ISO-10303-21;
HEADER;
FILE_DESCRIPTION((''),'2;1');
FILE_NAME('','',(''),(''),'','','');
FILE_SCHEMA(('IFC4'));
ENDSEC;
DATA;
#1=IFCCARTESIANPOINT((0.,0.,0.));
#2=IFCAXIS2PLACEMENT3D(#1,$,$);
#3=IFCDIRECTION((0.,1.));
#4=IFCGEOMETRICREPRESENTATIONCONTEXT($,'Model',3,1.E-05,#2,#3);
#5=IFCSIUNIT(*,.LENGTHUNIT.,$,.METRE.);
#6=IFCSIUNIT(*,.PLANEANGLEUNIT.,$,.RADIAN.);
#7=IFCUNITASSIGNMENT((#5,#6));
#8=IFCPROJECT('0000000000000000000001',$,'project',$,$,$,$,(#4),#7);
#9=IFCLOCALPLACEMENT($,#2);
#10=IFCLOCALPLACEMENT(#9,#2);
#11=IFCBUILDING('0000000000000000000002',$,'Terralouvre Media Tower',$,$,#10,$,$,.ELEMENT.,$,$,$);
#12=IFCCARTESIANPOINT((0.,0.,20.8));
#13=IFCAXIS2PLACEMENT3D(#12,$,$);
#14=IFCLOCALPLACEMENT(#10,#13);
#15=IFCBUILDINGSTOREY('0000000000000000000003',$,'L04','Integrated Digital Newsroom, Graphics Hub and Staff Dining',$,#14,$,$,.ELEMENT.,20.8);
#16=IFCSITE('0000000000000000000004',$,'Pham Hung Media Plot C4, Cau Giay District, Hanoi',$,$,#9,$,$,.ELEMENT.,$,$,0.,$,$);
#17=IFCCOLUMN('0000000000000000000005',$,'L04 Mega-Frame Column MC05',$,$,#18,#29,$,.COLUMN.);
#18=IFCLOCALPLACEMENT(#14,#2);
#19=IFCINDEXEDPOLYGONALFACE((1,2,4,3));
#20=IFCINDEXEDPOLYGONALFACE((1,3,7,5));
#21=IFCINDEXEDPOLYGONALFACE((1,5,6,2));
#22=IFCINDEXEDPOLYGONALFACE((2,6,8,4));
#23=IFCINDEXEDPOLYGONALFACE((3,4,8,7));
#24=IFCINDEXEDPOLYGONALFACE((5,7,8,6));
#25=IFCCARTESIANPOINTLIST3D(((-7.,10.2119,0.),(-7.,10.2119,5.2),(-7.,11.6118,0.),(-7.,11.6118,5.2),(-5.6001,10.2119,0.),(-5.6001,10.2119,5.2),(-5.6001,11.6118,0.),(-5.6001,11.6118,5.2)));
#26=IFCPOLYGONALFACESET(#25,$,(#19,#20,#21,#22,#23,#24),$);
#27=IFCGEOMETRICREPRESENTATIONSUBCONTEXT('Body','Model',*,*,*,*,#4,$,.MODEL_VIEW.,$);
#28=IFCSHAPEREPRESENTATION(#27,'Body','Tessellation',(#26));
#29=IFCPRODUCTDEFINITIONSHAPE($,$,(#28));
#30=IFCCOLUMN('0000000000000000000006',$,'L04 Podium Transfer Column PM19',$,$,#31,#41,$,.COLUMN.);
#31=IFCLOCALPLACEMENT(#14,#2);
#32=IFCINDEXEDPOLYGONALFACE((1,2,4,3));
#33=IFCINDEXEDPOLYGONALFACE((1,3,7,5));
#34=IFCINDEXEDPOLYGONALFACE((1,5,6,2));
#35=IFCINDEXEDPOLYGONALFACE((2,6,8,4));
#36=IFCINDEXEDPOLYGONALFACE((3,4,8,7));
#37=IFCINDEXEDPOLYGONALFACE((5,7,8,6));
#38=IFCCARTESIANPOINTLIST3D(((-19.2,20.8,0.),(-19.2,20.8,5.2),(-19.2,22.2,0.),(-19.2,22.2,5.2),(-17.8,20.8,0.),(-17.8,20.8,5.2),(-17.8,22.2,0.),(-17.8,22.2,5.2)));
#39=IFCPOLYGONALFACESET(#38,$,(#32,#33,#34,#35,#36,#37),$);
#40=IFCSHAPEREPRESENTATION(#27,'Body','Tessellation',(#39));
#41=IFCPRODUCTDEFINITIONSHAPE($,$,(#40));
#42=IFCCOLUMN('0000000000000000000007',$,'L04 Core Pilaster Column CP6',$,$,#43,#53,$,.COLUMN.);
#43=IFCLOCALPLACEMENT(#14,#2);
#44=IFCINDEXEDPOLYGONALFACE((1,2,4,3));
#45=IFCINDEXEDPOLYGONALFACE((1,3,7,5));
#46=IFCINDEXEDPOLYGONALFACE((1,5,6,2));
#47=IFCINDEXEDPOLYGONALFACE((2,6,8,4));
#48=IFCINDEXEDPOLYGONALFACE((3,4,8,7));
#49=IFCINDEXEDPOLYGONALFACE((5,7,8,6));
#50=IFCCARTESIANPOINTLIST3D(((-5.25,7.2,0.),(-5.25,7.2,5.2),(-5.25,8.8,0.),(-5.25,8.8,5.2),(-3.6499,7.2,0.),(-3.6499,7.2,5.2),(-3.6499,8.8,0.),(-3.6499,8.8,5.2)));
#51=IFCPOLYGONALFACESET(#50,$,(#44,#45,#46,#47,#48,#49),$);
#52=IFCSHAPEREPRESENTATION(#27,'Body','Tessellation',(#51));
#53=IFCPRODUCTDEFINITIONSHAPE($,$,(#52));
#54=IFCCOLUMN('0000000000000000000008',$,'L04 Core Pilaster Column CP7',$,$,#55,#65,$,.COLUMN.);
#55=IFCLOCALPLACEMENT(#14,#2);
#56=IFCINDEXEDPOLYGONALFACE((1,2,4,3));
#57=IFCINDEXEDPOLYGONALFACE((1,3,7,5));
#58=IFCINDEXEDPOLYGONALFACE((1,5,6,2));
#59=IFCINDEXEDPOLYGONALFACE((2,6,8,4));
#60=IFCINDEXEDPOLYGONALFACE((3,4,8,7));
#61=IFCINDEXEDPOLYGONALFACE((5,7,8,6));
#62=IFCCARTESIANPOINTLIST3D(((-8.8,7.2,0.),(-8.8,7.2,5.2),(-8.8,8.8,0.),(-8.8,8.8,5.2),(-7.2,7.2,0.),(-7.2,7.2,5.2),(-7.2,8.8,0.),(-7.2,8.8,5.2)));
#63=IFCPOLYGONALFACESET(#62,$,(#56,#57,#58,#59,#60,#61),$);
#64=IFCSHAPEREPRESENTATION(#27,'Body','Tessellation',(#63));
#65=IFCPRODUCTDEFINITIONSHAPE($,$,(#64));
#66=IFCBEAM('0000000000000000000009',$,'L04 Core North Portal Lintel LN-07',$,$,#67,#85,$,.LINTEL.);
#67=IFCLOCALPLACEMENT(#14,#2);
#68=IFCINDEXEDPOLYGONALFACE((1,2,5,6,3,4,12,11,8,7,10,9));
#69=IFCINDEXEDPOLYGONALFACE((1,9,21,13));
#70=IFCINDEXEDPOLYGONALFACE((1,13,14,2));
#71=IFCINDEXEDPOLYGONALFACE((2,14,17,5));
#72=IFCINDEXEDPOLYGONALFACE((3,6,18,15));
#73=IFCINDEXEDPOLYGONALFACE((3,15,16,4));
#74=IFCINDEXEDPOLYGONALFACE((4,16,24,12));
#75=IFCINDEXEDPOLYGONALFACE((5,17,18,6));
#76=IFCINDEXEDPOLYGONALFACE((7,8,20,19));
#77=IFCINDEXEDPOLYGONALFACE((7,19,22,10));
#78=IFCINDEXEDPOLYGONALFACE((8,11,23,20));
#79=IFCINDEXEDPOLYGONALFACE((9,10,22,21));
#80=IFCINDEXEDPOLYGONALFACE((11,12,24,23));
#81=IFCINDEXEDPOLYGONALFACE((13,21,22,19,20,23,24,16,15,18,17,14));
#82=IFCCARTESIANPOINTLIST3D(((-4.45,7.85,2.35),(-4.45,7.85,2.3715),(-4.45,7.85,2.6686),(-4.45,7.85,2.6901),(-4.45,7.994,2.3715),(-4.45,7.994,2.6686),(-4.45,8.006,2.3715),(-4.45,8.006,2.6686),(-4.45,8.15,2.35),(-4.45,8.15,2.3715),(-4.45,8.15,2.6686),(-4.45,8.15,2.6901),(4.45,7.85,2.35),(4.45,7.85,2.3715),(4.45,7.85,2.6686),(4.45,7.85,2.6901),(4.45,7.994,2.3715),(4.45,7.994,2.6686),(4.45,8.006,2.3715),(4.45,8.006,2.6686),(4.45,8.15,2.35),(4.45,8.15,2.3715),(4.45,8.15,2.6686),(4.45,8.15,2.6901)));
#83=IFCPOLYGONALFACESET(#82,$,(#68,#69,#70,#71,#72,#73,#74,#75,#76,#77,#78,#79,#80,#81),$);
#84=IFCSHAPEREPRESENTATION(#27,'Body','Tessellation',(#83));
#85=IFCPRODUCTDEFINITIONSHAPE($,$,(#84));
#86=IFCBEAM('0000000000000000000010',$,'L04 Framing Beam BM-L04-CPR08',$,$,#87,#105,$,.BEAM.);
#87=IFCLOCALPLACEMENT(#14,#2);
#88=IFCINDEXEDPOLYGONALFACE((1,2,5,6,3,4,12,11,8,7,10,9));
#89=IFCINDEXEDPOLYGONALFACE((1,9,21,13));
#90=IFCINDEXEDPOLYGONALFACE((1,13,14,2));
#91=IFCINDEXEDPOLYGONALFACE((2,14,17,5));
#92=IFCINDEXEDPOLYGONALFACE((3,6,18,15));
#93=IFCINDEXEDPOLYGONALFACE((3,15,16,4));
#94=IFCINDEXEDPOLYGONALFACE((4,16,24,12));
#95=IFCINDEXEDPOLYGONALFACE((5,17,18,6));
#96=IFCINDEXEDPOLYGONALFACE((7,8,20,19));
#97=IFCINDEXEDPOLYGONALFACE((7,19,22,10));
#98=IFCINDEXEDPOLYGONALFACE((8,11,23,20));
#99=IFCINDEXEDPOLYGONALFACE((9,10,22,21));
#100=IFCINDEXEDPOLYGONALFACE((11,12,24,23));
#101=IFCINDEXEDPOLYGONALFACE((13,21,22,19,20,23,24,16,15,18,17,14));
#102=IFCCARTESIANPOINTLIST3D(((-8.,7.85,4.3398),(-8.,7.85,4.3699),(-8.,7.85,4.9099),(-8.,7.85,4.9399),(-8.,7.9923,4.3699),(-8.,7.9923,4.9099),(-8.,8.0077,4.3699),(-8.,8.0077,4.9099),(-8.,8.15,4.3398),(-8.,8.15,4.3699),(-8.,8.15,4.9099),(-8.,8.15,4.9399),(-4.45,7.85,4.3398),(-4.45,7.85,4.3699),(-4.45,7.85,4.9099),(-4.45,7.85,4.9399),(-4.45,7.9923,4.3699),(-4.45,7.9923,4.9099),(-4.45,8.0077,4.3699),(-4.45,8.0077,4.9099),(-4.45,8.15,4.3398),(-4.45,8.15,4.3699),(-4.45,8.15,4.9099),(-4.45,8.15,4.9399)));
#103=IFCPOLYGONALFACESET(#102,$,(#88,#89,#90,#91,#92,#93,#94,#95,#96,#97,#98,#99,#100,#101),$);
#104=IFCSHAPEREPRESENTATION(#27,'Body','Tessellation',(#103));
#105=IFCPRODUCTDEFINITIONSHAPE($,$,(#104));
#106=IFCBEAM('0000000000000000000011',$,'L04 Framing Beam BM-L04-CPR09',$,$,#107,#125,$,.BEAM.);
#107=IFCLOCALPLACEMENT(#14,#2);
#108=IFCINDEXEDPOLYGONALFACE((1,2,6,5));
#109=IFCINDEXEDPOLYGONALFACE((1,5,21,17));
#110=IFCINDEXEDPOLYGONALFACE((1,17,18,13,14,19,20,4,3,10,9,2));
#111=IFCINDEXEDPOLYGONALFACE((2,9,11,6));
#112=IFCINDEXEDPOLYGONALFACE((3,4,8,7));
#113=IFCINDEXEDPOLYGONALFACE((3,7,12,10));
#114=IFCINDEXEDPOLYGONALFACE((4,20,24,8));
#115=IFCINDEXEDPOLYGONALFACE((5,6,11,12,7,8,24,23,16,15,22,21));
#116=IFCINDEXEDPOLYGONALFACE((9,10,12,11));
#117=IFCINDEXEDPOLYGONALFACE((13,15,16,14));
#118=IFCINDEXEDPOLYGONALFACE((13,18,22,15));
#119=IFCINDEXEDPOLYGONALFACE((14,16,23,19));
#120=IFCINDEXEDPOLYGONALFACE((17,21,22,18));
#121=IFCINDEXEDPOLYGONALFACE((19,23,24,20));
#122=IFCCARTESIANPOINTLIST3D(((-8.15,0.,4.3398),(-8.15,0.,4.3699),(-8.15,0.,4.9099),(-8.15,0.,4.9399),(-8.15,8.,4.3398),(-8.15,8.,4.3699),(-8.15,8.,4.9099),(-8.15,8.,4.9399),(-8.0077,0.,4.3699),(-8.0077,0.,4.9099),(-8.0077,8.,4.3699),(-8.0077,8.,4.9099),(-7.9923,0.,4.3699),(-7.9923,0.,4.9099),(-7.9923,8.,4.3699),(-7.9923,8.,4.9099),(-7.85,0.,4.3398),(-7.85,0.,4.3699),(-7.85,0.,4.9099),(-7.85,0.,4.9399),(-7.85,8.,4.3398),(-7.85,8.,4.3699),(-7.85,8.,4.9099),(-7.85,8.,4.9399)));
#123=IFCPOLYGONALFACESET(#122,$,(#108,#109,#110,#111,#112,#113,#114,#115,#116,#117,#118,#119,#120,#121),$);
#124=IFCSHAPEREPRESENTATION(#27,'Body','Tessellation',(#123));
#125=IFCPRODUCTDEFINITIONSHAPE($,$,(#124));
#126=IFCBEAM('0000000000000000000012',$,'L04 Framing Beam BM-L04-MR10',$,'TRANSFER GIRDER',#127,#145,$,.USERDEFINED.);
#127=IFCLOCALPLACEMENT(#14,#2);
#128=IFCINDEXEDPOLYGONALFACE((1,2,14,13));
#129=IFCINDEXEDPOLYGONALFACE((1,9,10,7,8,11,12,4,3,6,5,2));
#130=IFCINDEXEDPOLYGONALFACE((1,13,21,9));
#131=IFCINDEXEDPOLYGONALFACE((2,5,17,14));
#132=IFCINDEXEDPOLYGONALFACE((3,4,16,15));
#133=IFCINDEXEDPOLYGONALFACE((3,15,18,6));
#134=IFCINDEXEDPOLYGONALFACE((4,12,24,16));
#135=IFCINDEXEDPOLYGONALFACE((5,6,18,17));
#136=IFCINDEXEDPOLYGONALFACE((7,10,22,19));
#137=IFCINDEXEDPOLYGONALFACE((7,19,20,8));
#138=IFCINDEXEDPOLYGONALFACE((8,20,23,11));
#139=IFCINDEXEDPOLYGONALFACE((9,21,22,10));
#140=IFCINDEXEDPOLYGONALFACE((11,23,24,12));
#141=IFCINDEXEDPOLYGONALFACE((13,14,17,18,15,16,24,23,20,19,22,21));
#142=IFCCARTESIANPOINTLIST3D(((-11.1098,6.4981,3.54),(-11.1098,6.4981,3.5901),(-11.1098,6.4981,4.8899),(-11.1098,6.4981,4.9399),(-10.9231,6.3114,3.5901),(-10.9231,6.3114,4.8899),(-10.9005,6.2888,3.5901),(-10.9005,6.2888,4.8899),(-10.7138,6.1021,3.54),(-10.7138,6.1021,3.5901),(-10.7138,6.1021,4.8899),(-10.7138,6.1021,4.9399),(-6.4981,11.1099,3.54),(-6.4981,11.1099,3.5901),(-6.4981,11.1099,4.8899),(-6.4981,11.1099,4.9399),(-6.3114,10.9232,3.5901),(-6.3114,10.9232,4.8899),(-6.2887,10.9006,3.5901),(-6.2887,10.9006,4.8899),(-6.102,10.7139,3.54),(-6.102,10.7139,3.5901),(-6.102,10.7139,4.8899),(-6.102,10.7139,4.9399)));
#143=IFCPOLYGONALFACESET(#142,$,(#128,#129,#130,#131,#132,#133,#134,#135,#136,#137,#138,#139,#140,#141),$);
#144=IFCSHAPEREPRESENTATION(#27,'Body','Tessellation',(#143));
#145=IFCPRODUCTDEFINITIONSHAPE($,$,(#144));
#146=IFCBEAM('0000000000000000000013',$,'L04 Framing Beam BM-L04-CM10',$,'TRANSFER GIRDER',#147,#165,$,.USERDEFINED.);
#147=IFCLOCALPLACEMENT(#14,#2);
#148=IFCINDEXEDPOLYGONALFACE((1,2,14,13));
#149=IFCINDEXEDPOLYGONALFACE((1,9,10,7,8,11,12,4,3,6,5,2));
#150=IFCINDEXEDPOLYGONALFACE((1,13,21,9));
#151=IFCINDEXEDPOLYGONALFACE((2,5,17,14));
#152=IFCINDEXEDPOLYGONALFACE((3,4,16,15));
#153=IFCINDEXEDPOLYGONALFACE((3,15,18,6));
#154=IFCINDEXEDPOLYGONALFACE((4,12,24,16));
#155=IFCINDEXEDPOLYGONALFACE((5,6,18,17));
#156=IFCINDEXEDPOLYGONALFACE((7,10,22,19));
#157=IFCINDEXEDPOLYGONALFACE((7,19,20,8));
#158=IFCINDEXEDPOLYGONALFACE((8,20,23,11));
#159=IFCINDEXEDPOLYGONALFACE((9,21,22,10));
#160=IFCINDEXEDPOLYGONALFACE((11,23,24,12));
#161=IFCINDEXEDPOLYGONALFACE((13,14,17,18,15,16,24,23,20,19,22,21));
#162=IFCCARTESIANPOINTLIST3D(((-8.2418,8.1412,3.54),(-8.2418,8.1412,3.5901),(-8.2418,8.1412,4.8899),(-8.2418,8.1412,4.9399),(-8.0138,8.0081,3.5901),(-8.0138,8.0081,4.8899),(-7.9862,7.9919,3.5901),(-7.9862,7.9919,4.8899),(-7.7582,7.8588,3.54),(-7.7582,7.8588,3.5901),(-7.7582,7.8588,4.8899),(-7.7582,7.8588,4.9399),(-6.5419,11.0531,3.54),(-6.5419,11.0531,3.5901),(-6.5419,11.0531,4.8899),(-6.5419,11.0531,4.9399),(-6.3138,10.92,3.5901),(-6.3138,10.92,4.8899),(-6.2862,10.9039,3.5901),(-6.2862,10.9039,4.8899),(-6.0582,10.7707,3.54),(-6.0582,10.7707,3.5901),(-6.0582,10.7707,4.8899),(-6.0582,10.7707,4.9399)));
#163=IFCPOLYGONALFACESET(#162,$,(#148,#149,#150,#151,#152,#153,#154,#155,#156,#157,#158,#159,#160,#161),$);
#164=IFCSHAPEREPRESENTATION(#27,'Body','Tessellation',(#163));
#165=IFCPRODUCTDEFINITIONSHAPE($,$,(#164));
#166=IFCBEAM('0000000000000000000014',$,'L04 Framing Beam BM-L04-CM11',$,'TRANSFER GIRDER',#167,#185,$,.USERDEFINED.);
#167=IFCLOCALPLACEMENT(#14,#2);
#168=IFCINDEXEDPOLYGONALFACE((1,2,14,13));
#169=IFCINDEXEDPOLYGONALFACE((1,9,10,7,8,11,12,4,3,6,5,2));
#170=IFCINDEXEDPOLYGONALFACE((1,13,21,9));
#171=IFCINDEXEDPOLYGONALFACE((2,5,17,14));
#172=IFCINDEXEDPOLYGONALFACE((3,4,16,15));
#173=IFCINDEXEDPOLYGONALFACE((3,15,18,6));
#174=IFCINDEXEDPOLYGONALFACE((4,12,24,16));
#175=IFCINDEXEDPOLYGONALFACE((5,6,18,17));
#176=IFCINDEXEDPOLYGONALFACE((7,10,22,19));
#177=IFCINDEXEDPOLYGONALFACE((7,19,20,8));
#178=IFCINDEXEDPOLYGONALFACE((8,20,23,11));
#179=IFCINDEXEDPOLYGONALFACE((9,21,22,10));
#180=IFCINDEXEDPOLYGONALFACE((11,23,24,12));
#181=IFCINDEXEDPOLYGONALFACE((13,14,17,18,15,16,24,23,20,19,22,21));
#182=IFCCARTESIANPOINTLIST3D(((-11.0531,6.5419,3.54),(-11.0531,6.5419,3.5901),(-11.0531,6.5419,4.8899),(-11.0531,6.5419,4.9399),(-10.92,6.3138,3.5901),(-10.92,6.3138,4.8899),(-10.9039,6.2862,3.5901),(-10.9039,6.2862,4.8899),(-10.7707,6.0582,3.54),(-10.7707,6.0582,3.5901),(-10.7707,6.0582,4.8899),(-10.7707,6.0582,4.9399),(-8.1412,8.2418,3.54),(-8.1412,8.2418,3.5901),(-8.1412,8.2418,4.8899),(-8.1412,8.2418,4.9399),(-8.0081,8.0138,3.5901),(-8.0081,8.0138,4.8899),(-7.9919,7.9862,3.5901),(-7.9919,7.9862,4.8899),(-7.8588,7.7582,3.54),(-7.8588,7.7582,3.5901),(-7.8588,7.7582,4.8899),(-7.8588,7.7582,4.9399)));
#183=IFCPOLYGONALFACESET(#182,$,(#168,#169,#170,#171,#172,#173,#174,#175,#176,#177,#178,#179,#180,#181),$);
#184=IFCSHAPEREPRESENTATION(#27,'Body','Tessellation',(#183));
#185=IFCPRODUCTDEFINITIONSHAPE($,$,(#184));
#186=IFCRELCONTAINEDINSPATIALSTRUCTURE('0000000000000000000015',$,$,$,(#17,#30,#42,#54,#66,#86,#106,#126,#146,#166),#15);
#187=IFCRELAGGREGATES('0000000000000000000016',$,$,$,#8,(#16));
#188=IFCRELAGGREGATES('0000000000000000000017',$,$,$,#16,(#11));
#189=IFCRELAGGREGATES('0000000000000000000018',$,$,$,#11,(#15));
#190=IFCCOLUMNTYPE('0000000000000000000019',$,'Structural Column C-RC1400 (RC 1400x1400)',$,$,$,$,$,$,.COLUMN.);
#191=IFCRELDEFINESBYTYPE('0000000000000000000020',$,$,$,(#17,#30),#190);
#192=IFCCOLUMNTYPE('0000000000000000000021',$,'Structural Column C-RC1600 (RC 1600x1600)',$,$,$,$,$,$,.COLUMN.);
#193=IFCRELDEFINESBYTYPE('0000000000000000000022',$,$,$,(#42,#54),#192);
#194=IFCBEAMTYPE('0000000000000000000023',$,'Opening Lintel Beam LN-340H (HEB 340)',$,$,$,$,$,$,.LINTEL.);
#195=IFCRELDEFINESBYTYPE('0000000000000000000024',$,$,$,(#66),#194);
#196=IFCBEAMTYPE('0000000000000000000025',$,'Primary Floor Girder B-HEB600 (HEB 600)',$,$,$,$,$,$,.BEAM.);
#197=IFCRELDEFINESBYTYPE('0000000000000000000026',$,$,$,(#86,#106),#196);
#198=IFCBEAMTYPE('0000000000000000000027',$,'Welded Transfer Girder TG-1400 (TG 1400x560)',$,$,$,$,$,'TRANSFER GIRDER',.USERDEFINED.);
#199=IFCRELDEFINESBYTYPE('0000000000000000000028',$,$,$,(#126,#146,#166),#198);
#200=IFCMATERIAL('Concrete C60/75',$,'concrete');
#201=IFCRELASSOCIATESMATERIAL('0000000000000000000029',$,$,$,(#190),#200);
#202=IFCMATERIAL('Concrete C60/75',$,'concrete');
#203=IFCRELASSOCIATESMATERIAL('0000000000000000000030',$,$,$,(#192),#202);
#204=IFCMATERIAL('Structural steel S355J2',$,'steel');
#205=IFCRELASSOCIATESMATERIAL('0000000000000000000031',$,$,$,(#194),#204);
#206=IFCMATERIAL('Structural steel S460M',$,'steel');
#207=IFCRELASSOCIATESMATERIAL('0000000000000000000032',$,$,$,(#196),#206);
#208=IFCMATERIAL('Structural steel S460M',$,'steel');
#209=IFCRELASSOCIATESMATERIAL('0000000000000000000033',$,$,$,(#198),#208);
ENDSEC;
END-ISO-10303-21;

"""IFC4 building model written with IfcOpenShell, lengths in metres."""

from ifc_helpers import new_model, si_unit, direction, frame, origin, origin_2d, place, context, subcontext, project, spatial, rectangle, i_section, extrude, material, material_profile, profile_set, type_object, element, save


model = new_model("IFC4")

# Units and contexts
model_context = context("Model", 3, precision=1e-05, world=origin(), true_north=direction((0.0, 1.0)))
body_context = subcontext(model_context, "Body", "Model", "MODEL_VIEW")
ifc_project = project(units=[si_unit("LENGTHUNIT", "METRE"), si_unit("PLANEANGLEUNIT", "RADIAN")], contexts=[model_context])

# Site, building, storey
site_placement = place(None, origin())
site = spatial("IfcSite", under=ifc_project, at=site_placement, Name="Pham Hung Media Plot C4, Cau Giay District, Hanoi", CompositionType="ELEMENT", RefElevation=0.0)
building_placement = place(site_placement, origin())
building = spatial("IfcBuilding", under=site, at=building_placement, Name="Terralouvre Media Tower", CompositionType="ELEMENT")
storey_placement = place(building_placement, frame((0.0, 0.0, 20.8)))
storey = spatial("IfcBuildingStorey", under=building, at=storey_placement, Name="L04", Description="Integrated Digital Newsroom, Graphics Hub and Staff Dining", CompositionType="ELEMENT", Elevation=20.8)

# Columns
ifc_material_1 = material(Name="Concrete C60/75", Category="concrete")
ifc_material_profile_1 = material_profile(ifc_material_1, rectangle(XDim=1.3999, YDim=1.3999, at=origin_2d()), Name="RC 1400x1400")
ifc_profile_set_1 = profile_set([ifc_material_profile_1], Name="Concrete C60/75")
column_type_1 = type_object("IfcColumnType", Name="Structural Column C-RC1400 (RC 1400x1400)", PredefinedType="COLUMN", material=ifc_profile_set_1)
for number, where, z_axis, x_axis, name in (
    (1, (-6.3, 10.9119, 0.0), (0.0, 0.0, 1.0), (1.0, 0.0, 0.0), "L04 Mega-Frame Column MC05"),
    (2, (-18.5, 21.5, 0.0), (0.0, 0.0, 1.0), (1.0, 0.0, 0.0), "L04 Podium Transfer Column PM19"),
):
    element("IfcColumn", number, at=place(storey_placement, frame(where, z_axis=z_axis, x_axis=x_axis)), inside=storey, type_object=column_type_1, Name=name, PredefinedType="COLUMN", context=body_context, shape_type="SweptSolid", body=[
        extrude(rectangle(XDim=1.3999, YDim=1.3999, at=origin_2d()), origin(), (0.0, 0.0, 1.0), 5.2),
    ])
ifc_material_2 = material(Name="Concrete C60/75", Category="concrete")
ifc_material_profile_2 = material_profile(ifc_material_2, rectangle(XDim=1.6001, YDim=1.6001, at=origin_2d()), Name="RC 1600x1600")
ifc_profile_set_2 = profile_set([ifc_material_profile_2], Name="Concrete C60/75")
column_type_2 = type_object("IfcColumnType", Name="Structural Column C-RC1600 (RC 1600x1600)", PredefinedType="COLUMN", material=ifc_profile_set_2)
for number, where, z_axis, x_axis, name in (
    (3, (-4.45, 8.0, 0.0), (0.0, 0.0, 1.0), (1.0, 0.0, 0.0), "L04 Core Pilaster Column CP6"),
    (4, (-8.0, 8.0, 0.0), (0.0, 0.0, 1.0), (1.0, 0.0, 0.0), "L04 Core Pilaster Column CP7"),
):
    element("IfcColumn", number, at=place(storey_placement, frame(where, z_axis=z_axis, x_axis=x_axis)), inside=storey, type_object=column_type_2, Name=name, PredefinedType="COLUMN", context=body_context, shape_type="SweptSolid", body=[
        extrude(rectangle(XDim=1.6001, YDim=1.6001, at=origin_2d()), origin(), (0.0, 0.0, 1.0), 5.2),
    ])

# Beams
ifc_material_3 = material(Name="Structural steel S355J2", Category="steel")
ifc_material_profile_3 = material_profile(ifc_material_3, i_section(OverallWidth=0.3, OverallDepth=0.3401, WebThickness=0.012, FlangeThickness=0.0215, at=origin_2d()), Name="HEB 340")
ifc_profile_set_3 = profile_set([ifc_material_profile_3], Name="Structural steel S355J2")
beam_type_1 = type_object("IfcBeamType", Name="Opening Lintel Beam LN-340H (HEB 340)", PredefinedType="LINTEL", material=ifc_profile_set_3)
beam_1_placement = place(storey_placement, frame((-4.45, 8.0, 2.52), z_axis=(1.0, 0.0, 0.0), x_axis=(0.0, 1.0, 0.0)))
element("IfcBeam", 5, at=beam_1_placement, inside=storey, type_object=beam_type_1, Name="L04 Core North Portal Lintel LN-07", PredefinedType="LINTEL", context=body_context, shape_type="SweptSolid", body=[
    extrude(i_section(OverallWidth=0.3, OverallDepth=0.3401, WebThickness=0.012, FlangeThickness=0.0215, at=origin_2d()), origin(), (0.0, 0.0, 1.0), 8.8999),
])
ifc_material_4 = material(Name="Structural steel S460M", Category="steel")
ifc_material_profile_4 = material_profile(ifc_material_4, i_section(OverallWidth=0.3, OverallDepth=0.6001, WebThickness=0.0154, FlangeThickness=0.03, at=origin_2d()), Name="HEB 600")
ifc_profile_set_4 = profile_set([ifc_material_profile_4], Name="Structural steel S460M")
beam_type_2 = type_object("IfcBeamType", Name="Primary Floor Girder B-HEB600 (HEB 600)", PredefinedType="BEAM", material=ifc_profile_set_4)
beam_2_placement = place(storey_placement, frame((-4.45, 8.0, 4.6399), z_axis=(-1.0, 0.0, 0.0), x_axis=(0.0, -1.0, 0.0)))
element("IfcBeam", 6, at=beam_2_placement, inside=storey, type_object=beam_type_2, Name="L04 Framing Beam BM-L04-CPR08", PredefinedType="BEAM", context=body_context, shape_type="SweptSolid", body=[
    extrude(i_section(OverallWidth=0.3, OverallDepth=0.6001, WebThickness=0.0154, FlangeThickness=0.03, at=origin_2d()), origin(), (0.0, 0.0, 1.0), 3.55),
])
beam_3_placement = place(storey_placement, frame((-8.0, 8.0, 4.6399), z_axis=(0.0, -1.0, 0.0), x_axis=(1.0, 0.0, 0.0)))
element("IfcBeam", 7, at=beam_3_placement, inside=storey, type_object=beam_type_2, Name="L04 Framing Beam BM-L04-CPR09", PredefinedType="BEAM", context=body_context, shape_type="SweptSolid", body=[
    extrude(i_section(OverallWidth=0.3, OverallDepth=0.6001, WebThickness=0.0154, FlangeThickness=0.03, at=origin_2d()), origin(), (0.0, 0.0, 1.0), 8.0),
])
ifc_material_5 = material(Name="Structural steel S460M", Category="steel")
ifc_material_profile_5 = material_profile(ifc_material_5, i_section(OverallWidth=0.5601, OverallDepth=1.3999, WebThickness=0.032, FlangeThickness=0.05, at=origin_2d()), Name="TG 1400x560")
ifc_profile_set_5 = profile_set([ifc_material_profile_5], Name="Structural steel S460M")
beam_type_3 = type_object("IfcBeamType", Name="Welded Transfer Girder TG-1400 (TG 1400x560)", ElementType="TRANSFER GIRDER", PredefinedType="USERDEFINED", material=ifc_profile_set_5)
beam_4_placement = place(storey_placement, frame((-6.3, 10.9119, 4.24), z_axis=(-0.707107, -0.707107, 0.0), x_axis=(0.707107, -0.707107, 0.0)))
element("IfcBeam", 8, at=beam_4_placement, inside=storey, type_object=beam_type_3, Name="L04 Framing Beam BM-L04-MR10", ObjectType="TRANSFER GIRDER", PredefinedType="USERDEFINED", context=body_context, shape_type="SweptSolid", body=[
    extrude(i_section(OverallWidth=0.5601, OverallDepth=1.3999, WebThickness=0.032, FlangeThickness=0.05, at=origin_2d()), origin(), (0.0, 0.0, 1.0), 6.522),
])
for number, where, z_axis, x_axis, name in (
    (9, (-8.0, 8.0, 4.24), (0.504173, 0.863603, 0.0), (-0.863603, 0.504173, 0.0), "L04 Framing Beam BM-L04-CM10"),
    (10, (-8.0, 8.0, 4.24), (-0.863603, -0.504173, 0.0), (0.504173, -0.863603, 0.0), "L04 Framing Beam BM-L04-CM11"),
):
    element("IfcBeam", number, at=place(storey_placement, frame(where, z_axis=z_axis, x_axis=x_axis)), inside=storey, type_object=beam_type_3, Name=name, ObjectType="TRANSFER GIRDER", PredefinedType="USERDEFINED", context=body_context, shape_type="SweptSolid", body=[
        extrude(i_section(OverallWidth=0.5601, OverallDepth=1.3999, WebThickness=0.032, FlangeThickness=0.05, at=origin_2d()), origin(), (0.0, 0.0, 1.0), 3.3718),
    ])

save(model, "model.ifc")
